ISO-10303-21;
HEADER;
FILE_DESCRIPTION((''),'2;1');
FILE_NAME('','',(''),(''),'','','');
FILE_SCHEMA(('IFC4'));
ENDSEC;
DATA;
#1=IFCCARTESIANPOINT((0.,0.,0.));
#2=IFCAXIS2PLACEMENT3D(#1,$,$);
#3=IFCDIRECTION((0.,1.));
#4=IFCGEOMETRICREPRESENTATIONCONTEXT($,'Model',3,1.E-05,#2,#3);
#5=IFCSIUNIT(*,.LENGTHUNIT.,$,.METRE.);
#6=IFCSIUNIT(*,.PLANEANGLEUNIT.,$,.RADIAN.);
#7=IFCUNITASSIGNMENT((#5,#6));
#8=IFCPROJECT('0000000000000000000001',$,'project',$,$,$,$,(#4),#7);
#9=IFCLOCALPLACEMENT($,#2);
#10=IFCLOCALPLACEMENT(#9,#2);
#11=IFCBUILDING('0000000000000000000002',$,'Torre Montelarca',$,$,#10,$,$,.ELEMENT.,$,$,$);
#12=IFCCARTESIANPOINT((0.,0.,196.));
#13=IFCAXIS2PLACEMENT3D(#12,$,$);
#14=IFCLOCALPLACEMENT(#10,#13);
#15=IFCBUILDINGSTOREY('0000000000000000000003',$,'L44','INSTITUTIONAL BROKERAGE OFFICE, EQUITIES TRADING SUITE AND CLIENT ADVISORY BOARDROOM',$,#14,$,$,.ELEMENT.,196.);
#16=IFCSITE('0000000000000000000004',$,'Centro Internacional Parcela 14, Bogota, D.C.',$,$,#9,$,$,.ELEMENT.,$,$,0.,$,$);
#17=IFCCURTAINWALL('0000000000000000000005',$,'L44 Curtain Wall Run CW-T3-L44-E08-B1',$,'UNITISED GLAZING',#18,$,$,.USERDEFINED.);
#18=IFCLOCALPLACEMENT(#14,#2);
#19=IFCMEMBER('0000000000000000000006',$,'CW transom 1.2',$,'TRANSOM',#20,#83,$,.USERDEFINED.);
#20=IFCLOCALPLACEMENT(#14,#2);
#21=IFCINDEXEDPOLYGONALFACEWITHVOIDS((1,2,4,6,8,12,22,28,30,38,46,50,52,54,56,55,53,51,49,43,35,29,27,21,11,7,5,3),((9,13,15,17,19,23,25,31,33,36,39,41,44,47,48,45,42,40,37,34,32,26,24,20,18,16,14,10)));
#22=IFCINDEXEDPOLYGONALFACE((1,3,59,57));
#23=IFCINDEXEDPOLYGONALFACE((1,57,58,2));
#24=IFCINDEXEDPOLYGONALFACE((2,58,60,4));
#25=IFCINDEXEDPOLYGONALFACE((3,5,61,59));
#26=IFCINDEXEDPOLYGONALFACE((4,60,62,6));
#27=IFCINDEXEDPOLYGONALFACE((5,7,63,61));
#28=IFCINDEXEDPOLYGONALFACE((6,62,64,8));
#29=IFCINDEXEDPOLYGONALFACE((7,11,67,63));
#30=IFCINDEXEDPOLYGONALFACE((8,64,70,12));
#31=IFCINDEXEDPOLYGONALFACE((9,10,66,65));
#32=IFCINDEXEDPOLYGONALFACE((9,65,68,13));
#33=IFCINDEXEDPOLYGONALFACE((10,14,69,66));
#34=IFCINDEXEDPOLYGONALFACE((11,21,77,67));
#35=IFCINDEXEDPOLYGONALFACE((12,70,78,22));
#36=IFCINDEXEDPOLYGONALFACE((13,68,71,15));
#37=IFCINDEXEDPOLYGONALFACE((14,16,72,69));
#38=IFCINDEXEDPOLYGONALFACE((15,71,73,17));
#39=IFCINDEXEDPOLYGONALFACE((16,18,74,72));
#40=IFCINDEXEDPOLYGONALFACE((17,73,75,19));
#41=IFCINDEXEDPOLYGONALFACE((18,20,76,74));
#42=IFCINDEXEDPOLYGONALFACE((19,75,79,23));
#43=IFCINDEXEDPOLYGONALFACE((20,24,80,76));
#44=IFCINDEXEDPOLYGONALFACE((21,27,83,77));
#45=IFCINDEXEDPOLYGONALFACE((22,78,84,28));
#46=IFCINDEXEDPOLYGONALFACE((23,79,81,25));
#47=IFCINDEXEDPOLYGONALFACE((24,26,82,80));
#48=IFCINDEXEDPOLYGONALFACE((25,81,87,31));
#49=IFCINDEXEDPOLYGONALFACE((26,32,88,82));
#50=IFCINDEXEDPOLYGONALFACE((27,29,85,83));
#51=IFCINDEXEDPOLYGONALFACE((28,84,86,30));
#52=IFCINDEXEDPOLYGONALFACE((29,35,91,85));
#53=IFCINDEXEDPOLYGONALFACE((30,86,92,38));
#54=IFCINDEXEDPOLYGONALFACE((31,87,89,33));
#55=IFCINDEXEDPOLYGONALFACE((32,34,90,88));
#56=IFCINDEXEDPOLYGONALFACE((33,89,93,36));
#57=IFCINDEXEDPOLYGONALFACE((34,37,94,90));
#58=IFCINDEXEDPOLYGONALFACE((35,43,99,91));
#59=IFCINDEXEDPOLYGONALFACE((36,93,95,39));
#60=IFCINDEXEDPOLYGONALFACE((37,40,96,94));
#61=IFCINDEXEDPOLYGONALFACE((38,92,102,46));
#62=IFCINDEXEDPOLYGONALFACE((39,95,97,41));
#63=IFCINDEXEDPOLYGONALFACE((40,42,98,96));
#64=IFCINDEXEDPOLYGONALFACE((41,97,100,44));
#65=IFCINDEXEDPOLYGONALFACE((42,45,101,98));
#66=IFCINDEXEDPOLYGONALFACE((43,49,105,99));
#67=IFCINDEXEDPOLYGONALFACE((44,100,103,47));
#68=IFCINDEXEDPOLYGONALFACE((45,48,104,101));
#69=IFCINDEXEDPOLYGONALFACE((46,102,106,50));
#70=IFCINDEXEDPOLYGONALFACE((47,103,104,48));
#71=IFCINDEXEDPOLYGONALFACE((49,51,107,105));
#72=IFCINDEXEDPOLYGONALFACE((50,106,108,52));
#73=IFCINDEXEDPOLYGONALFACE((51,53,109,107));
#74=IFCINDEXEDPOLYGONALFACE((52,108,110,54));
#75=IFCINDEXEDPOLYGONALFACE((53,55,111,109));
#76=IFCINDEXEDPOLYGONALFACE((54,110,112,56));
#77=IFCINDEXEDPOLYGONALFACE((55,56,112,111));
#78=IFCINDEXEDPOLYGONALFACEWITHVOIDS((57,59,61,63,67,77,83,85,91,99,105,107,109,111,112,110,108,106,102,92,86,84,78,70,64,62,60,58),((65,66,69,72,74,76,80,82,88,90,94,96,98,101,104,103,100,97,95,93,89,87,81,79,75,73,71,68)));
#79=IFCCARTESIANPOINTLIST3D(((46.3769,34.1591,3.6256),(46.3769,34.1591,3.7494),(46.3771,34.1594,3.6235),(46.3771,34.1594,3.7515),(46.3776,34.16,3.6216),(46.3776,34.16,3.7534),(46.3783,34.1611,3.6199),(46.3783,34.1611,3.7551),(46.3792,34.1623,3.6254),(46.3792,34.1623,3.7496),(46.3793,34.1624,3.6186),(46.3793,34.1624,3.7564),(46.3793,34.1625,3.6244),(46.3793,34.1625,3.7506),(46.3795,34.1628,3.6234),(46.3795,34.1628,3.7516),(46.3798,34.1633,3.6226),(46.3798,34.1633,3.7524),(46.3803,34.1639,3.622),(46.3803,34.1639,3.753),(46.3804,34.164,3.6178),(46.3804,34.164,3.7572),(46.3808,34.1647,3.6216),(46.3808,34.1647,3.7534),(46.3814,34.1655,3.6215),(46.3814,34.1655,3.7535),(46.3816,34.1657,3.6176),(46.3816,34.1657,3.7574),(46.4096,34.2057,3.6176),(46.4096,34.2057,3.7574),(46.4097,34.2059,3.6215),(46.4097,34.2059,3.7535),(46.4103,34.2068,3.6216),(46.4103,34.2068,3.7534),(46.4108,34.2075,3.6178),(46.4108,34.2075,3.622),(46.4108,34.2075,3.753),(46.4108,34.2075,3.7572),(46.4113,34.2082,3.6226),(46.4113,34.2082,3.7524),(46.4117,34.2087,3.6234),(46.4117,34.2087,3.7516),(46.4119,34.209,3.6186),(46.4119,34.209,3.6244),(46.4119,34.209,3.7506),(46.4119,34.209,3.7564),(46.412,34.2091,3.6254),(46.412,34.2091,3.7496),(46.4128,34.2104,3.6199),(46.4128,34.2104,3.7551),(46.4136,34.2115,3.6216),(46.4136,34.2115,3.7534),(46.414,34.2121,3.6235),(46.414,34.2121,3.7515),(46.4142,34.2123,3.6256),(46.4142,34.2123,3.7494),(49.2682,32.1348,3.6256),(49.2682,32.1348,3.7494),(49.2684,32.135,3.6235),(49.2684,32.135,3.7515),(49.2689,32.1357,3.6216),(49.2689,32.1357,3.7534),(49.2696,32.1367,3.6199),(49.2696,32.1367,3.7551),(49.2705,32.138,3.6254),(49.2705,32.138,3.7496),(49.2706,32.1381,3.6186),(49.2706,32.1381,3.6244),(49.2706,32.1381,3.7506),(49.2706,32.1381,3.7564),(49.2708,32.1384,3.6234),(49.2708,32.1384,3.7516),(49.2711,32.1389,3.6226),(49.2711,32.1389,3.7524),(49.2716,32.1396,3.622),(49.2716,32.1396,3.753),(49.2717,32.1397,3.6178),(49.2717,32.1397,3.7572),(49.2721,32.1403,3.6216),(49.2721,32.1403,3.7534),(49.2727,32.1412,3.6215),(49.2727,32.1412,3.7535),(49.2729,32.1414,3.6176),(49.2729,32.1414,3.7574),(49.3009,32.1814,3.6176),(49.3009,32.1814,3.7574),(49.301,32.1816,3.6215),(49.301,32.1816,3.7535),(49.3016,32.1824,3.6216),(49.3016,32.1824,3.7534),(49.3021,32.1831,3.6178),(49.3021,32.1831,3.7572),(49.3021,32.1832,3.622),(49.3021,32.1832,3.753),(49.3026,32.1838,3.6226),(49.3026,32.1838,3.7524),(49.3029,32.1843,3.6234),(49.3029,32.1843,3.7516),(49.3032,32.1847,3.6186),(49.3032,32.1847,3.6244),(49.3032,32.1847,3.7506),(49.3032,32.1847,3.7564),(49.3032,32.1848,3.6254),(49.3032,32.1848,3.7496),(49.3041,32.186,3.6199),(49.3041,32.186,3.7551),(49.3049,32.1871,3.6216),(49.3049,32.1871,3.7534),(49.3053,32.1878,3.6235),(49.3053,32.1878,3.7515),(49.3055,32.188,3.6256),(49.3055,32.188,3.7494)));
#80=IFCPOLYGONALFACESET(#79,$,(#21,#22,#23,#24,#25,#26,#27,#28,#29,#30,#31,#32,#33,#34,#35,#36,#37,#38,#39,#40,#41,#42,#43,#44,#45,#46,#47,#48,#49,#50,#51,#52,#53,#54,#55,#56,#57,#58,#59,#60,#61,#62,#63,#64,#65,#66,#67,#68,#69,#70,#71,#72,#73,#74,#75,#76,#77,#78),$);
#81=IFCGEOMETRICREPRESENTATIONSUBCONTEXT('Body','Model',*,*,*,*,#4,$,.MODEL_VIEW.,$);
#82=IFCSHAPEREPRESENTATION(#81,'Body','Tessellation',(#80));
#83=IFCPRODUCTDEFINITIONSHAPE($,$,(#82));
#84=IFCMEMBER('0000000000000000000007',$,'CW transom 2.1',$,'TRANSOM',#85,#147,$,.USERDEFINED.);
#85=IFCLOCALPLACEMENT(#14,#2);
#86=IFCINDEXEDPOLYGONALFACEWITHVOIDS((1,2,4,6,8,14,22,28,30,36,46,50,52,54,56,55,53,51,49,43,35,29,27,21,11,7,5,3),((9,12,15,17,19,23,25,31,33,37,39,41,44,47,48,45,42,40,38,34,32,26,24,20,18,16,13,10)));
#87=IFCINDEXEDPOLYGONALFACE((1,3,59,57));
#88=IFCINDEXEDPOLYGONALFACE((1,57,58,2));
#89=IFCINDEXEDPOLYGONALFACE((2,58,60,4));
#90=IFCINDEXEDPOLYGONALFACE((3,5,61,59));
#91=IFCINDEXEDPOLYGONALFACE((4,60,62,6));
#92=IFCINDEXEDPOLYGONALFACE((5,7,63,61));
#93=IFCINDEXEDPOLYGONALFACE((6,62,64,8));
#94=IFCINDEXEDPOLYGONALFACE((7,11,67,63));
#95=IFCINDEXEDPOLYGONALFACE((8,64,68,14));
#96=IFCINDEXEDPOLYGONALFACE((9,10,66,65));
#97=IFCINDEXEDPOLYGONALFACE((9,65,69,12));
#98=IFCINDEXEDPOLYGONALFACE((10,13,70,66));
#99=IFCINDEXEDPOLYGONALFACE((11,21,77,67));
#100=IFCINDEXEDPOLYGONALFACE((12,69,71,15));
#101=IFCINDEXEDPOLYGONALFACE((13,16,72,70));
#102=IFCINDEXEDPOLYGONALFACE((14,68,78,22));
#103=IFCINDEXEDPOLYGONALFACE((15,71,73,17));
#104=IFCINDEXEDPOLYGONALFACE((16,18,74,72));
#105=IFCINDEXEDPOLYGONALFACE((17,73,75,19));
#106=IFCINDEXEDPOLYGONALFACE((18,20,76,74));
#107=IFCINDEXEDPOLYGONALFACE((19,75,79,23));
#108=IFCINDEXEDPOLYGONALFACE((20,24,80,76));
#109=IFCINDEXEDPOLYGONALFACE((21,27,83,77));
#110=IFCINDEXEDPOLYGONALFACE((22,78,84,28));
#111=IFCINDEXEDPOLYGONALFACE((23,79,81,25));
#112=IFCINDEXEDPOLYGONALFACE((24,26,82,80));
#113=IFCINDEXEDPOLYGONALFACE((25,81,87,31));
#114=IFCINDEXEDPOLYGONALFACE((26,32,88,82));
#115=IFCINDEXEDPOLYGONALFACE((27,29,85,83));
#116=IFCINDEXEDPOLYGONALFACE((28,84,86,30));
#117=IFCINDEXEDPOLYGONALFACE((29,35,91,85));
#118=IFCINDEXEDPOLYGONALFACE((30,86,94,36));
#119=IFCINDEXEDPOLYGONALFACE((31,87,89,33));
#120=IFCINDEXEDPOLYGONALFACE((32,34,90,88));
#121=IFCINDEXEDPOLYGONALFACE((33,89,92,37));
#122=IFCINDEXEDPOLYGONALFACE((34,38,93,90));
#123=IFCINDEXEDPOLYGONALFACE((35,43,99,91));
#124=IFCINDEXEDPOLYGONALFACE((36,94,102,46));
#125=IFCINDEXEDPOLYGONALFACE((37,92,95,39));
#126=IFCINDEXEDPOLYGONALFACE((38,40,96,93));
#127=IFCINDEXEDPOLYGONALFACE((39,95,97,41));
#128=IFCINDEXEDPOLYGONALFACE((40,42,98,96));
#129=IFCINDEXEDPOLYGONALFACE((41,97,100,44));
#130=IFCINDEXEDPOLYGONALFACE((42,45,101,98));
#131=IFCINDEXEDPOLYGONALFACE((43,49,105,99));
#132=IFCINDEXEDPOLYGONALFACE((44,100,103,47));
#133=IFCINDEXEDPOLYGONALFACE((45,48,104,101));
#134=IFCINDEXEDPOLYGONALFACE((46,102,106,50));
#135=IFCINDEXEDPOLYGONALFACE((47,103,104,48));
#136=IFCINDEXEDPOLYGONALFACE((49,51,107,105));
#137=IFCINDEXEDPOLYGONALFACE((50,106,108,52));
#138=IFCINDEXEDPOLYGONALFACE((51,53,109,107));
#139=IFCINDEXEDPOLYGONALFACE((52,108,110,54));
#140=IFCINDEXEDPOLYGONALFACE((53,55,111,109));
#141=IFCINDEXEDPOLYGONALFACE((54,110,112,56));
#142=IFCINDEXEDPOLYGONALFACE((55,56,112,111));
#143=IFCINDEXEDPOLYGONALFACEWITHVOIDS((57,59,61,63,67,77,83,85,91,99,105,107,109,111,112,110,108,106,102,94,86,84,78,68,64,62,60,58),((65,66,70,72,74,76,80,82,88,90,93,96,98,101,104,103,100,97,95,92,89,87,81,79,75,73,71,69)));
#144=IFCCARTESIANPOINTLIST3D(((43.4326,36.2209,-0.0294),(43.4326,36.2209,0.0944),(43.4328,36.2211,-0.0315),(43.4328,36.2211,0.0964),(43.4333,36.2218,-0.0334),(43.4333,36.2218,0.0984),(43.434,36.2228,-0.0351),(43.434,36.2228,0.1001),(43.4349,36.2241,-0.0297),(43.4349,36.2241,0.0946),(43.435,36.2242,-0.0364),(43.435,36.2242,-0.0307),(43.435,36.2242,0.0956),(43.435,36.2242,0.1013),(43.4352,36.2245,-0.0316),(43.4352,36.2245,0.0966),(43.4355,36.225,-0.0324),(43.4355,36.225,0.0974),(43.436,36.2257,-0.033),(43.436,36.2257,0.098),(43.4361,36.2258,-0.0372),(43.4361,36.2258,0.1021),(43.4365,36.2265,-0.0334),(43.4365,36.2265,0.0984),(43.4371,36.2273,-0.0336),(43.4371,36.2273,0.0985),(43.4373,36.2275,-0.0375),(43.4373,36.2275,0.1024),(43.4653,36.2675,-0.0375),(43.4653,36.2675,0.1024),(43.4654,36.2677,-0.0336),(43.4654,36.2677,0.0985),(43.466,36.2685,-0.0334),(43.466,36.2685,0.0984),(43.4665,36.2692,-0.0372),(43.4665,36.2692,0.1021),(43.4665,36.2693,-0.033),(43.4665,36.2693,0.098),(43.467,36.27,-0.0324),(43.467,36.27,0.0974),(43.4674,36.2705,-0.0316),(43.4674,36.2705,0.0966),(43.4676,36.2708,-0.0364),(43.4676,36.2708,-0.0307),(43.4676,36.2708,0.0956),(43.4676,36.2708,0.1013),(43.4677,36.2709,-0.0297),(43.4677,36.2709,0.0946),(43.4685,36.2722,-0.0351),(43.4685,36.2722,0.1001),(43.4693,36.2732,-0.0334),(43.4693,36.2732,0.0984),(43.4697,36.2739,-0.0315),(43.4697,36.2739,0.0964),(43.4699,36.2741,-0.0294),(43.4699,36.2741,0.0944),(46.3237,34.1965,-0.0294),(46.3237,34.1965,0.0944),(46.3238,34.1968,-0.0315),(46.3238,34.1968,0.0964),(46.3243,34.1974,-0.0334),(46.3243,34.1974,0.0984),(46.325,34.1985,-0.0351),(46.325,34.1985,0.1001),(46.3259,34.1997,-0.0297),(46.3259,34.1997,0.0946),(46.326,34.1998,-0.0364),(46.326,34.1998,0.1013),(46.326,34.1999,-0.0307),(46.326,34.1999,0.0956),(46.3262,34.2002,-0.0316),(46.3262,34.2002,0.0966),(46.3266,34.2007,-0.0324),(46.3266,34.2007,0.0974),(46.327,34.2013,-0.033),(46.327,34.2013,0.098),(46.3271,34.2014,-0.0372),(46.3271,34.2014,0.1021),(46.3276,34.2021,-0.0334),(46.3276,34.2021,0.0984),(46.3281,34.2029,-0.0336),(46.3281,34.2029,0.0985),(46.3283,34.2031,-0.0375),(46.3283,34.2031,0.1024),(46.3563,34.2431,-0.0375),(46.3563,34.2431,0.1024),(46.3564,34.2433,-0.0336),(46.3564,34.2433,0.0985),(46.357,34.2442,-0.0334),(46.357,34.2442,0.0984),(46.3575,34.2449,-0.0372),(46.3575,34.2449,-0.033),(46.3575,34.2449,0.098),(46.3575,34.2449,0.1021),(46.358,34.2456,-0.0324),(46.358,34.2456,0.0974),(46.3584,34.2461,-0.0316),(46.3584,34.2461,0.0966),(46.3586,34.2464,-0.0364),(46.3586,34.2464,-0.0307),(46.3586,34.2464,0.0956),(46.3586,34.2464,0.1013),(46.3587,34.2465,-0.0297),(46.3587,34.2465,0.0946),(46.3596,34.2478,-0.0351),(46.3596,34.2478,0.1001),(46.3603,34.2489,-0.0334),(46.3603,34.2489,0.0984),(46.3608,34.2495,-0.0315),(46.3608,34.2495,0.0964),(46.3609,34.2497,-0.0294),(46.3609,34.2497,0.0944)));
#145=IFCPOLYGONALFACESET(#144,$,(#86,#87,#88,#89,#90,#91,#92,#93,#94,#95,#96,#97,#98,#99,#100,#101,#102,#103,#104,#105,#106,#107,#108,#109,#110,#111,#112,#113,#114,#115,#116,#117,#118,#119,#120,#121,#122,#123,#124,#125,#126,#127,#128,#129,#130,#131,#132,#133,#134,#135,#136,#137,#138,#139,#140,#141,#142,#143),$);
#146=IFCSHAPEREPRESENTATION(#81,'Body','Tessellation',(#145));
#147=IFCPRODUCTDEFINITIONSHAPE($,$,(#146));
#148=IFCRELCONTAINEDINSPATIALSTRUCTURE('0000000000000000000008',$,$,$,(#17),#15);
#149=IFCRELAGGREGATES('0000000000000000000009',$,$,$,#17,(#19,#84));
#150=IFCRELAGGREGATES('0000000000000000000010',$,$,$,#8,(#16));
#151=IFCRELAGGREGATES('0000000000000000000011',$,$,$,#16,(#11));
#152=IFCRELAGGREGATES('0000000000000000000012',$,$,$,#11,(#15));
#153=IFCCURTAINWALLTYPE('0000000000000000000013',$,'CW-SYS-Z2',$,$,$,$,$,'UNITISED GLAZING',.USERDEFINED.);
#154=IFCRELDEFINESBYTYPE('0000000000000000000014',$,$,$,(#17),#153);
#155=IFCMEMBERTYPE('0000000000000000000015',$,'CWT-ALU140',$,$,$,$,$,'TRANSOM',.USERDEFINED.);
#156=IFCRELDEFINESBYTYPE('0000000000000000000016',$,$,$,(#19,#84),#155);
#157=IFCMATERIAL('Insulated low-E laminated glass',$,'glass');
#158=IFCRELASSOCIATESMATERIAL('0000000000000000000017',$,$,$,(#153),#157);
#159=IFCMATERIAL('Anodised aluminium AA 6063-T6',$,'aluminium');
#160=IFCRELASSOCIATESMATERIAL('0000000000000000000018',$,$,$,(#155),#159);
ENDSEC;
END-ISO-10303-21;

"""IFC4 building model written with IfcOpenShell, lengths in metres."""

from ifc_helpers import new_model, si_unit, direction, frame, origin, origin_2d, place, context, subcontext, project, spatial, hollow_rectangle, extrude, source, transform, mapped, material, material_profile, profile_set, type_object, element, aggregate, save


model = new_model("IFC4")

# Units and contexts
model_context = context("Model", 3, precision=1e-05, world=origin(), true_north=direction((0.0, 1.0)))
body_context = subcontext(model_context, "Body", "Model", "MODEL_VIEW")
ifc_project = project(units=[si_unit("LENGTHUNIT", "METRE"), si_unit("PLANEANGLEUNIT", "RADIAN")], contexts=[model_context])

# Site, building, storey
site_placement = place(None, origin())
site = spatial("IfcSite", under=ifc_project, at=site_placement, Name="Centro Internacional Parcela 14, Bogota, D.C.", CompositionType="ELEMENT", RefElevation=0.0)
building_placement = place(site_placement, origin())
building = spatial("IfcBuilding", under=site, at=building_placement, Name="Torre Montelarca", CompositionType="ELEMENT")
storey_placement = place(building_placement, frame((0.0, 0.0, 196.0)))
storey = spatial("IfcBuildingStorey", under=building, at=storey_placement, Name="L44", Description="INSTITUTIONAL BROKERAGE OFFICE, EQUITIES TRADING SUITE AND CLIENT ADVISORY BOARDROOM", CompositionType="ELEMENT", Elevation=196.0)

# Curtain wall
ifc_material_1 = material(Name="Insulated low-E laminated glass", Category="glass")
curtain_wall_type = type_object("IfcCurtainWallType", Name="CW-SYS-Z2", ElementType="UNITISED GLAZING", PredefinedType="USERDEFINED", material=ifc_material_1)
ifc_material_2 = material(Name="Anodised aluminium AA 6063-T6", Category="aluminium")
ifc_material_profile_1 = material_profile(ifc_material_2, hollow_rectangle(XDim=0.0649, YDim=0.1399, WallThickness=0.0039, InnerFilletRadius=0.0039, OuterFilletRadius=0.0081, at=origin_2d()), Name="ALU65X140X4", Category="aluminium")
ifc_profile_set_1 = profile_set([ifc_material_profile_1], Name="Anodised aluminium AA 6063-T6")
member_type_1 = type_object("IfcMemberType", Name="CWT-ALU140", ElementType="TRANSOM", PredefinedType="USERDEFINED", material=ifc_profile_set_1)
curtain_wall_1_placement = place(storey_placement, origin())
curtain_wall_1 = element("IfcCurtainWall", 1, at=curtain_wall_1_placement, inside=storey, type_object=curtain_wall_type, Name="L44 Curtain Wall Run CW-T3-L44-E08-B1", ObjectType="UNITISED GLAZING", PredefinedType="USERDEFINED")

# Members
shared_shape_1 = source(origin(), body_context, "Body", "SweptSolid", [
    extrude(hollow_rectangle(XDim=0.0649, YDim=0.1399, WallThickness=0.0039, InnerFilletRadius=0.0039, OuterFilletRadius=0.0081, at=origin_2d()), origin(), (0.0, 0.0, 1.0), 3.5295),
])
member_1_placement = place(storey_placement, frame((49.2869, 32.1614, 3.6875), z_axis=(-0.81917, 0.573551, 0.0), x_axis=(-0.573551, -0.81917, 0.0)))
member_1 = element("IfcMember", 2, at=member_1_placement, type_object=member_type_1, Name="CW transom 1.2", ObjectType="TRANSOM", PredefinedType="USERDEFINED", context=body_context, shape_type="MappedRepresentation", body=[
    mapped(shared_shape_1, transform((0.0, 0.0, 0.0), scale=1.0)),
])
shared_shape_2 = source(origin(), body_context, "Body", "SweptSolid", [
    extrude(hollow_rectangle(XDim=0.0649, YDim=0.1399, WallThickness=0.0039, InnerFilletRadius=0.0039, OuterFilletRadius=0.0081, at=origin_2d()), origin(), (0.0, 0.0, 1.0), 3.5293),
])
member_2_placement = place(storey_placement, frame((46.3423, 34.2231, 0.0325), z_axis=(-0.819147, 0.573583, 0.0), x_axis=(-0.573583, -0.819147, 0.0)))
member_2 = element("IfcMember", 3, at=member_2_placement, type_object=member_type_1, Name="CW transom 2.1", ObjectType="TRANSOM", PredefinedType="USERDEFINED", context=body_context, shape_type="MappedRepresentation", body=[
    mapped(shared_shape_2, transform((0.0, 0.0, 0.0), scale=1.0)),
])

aggregate(curtain_wall_1, [member_1, member_2])

save(model, "model.ifc")
